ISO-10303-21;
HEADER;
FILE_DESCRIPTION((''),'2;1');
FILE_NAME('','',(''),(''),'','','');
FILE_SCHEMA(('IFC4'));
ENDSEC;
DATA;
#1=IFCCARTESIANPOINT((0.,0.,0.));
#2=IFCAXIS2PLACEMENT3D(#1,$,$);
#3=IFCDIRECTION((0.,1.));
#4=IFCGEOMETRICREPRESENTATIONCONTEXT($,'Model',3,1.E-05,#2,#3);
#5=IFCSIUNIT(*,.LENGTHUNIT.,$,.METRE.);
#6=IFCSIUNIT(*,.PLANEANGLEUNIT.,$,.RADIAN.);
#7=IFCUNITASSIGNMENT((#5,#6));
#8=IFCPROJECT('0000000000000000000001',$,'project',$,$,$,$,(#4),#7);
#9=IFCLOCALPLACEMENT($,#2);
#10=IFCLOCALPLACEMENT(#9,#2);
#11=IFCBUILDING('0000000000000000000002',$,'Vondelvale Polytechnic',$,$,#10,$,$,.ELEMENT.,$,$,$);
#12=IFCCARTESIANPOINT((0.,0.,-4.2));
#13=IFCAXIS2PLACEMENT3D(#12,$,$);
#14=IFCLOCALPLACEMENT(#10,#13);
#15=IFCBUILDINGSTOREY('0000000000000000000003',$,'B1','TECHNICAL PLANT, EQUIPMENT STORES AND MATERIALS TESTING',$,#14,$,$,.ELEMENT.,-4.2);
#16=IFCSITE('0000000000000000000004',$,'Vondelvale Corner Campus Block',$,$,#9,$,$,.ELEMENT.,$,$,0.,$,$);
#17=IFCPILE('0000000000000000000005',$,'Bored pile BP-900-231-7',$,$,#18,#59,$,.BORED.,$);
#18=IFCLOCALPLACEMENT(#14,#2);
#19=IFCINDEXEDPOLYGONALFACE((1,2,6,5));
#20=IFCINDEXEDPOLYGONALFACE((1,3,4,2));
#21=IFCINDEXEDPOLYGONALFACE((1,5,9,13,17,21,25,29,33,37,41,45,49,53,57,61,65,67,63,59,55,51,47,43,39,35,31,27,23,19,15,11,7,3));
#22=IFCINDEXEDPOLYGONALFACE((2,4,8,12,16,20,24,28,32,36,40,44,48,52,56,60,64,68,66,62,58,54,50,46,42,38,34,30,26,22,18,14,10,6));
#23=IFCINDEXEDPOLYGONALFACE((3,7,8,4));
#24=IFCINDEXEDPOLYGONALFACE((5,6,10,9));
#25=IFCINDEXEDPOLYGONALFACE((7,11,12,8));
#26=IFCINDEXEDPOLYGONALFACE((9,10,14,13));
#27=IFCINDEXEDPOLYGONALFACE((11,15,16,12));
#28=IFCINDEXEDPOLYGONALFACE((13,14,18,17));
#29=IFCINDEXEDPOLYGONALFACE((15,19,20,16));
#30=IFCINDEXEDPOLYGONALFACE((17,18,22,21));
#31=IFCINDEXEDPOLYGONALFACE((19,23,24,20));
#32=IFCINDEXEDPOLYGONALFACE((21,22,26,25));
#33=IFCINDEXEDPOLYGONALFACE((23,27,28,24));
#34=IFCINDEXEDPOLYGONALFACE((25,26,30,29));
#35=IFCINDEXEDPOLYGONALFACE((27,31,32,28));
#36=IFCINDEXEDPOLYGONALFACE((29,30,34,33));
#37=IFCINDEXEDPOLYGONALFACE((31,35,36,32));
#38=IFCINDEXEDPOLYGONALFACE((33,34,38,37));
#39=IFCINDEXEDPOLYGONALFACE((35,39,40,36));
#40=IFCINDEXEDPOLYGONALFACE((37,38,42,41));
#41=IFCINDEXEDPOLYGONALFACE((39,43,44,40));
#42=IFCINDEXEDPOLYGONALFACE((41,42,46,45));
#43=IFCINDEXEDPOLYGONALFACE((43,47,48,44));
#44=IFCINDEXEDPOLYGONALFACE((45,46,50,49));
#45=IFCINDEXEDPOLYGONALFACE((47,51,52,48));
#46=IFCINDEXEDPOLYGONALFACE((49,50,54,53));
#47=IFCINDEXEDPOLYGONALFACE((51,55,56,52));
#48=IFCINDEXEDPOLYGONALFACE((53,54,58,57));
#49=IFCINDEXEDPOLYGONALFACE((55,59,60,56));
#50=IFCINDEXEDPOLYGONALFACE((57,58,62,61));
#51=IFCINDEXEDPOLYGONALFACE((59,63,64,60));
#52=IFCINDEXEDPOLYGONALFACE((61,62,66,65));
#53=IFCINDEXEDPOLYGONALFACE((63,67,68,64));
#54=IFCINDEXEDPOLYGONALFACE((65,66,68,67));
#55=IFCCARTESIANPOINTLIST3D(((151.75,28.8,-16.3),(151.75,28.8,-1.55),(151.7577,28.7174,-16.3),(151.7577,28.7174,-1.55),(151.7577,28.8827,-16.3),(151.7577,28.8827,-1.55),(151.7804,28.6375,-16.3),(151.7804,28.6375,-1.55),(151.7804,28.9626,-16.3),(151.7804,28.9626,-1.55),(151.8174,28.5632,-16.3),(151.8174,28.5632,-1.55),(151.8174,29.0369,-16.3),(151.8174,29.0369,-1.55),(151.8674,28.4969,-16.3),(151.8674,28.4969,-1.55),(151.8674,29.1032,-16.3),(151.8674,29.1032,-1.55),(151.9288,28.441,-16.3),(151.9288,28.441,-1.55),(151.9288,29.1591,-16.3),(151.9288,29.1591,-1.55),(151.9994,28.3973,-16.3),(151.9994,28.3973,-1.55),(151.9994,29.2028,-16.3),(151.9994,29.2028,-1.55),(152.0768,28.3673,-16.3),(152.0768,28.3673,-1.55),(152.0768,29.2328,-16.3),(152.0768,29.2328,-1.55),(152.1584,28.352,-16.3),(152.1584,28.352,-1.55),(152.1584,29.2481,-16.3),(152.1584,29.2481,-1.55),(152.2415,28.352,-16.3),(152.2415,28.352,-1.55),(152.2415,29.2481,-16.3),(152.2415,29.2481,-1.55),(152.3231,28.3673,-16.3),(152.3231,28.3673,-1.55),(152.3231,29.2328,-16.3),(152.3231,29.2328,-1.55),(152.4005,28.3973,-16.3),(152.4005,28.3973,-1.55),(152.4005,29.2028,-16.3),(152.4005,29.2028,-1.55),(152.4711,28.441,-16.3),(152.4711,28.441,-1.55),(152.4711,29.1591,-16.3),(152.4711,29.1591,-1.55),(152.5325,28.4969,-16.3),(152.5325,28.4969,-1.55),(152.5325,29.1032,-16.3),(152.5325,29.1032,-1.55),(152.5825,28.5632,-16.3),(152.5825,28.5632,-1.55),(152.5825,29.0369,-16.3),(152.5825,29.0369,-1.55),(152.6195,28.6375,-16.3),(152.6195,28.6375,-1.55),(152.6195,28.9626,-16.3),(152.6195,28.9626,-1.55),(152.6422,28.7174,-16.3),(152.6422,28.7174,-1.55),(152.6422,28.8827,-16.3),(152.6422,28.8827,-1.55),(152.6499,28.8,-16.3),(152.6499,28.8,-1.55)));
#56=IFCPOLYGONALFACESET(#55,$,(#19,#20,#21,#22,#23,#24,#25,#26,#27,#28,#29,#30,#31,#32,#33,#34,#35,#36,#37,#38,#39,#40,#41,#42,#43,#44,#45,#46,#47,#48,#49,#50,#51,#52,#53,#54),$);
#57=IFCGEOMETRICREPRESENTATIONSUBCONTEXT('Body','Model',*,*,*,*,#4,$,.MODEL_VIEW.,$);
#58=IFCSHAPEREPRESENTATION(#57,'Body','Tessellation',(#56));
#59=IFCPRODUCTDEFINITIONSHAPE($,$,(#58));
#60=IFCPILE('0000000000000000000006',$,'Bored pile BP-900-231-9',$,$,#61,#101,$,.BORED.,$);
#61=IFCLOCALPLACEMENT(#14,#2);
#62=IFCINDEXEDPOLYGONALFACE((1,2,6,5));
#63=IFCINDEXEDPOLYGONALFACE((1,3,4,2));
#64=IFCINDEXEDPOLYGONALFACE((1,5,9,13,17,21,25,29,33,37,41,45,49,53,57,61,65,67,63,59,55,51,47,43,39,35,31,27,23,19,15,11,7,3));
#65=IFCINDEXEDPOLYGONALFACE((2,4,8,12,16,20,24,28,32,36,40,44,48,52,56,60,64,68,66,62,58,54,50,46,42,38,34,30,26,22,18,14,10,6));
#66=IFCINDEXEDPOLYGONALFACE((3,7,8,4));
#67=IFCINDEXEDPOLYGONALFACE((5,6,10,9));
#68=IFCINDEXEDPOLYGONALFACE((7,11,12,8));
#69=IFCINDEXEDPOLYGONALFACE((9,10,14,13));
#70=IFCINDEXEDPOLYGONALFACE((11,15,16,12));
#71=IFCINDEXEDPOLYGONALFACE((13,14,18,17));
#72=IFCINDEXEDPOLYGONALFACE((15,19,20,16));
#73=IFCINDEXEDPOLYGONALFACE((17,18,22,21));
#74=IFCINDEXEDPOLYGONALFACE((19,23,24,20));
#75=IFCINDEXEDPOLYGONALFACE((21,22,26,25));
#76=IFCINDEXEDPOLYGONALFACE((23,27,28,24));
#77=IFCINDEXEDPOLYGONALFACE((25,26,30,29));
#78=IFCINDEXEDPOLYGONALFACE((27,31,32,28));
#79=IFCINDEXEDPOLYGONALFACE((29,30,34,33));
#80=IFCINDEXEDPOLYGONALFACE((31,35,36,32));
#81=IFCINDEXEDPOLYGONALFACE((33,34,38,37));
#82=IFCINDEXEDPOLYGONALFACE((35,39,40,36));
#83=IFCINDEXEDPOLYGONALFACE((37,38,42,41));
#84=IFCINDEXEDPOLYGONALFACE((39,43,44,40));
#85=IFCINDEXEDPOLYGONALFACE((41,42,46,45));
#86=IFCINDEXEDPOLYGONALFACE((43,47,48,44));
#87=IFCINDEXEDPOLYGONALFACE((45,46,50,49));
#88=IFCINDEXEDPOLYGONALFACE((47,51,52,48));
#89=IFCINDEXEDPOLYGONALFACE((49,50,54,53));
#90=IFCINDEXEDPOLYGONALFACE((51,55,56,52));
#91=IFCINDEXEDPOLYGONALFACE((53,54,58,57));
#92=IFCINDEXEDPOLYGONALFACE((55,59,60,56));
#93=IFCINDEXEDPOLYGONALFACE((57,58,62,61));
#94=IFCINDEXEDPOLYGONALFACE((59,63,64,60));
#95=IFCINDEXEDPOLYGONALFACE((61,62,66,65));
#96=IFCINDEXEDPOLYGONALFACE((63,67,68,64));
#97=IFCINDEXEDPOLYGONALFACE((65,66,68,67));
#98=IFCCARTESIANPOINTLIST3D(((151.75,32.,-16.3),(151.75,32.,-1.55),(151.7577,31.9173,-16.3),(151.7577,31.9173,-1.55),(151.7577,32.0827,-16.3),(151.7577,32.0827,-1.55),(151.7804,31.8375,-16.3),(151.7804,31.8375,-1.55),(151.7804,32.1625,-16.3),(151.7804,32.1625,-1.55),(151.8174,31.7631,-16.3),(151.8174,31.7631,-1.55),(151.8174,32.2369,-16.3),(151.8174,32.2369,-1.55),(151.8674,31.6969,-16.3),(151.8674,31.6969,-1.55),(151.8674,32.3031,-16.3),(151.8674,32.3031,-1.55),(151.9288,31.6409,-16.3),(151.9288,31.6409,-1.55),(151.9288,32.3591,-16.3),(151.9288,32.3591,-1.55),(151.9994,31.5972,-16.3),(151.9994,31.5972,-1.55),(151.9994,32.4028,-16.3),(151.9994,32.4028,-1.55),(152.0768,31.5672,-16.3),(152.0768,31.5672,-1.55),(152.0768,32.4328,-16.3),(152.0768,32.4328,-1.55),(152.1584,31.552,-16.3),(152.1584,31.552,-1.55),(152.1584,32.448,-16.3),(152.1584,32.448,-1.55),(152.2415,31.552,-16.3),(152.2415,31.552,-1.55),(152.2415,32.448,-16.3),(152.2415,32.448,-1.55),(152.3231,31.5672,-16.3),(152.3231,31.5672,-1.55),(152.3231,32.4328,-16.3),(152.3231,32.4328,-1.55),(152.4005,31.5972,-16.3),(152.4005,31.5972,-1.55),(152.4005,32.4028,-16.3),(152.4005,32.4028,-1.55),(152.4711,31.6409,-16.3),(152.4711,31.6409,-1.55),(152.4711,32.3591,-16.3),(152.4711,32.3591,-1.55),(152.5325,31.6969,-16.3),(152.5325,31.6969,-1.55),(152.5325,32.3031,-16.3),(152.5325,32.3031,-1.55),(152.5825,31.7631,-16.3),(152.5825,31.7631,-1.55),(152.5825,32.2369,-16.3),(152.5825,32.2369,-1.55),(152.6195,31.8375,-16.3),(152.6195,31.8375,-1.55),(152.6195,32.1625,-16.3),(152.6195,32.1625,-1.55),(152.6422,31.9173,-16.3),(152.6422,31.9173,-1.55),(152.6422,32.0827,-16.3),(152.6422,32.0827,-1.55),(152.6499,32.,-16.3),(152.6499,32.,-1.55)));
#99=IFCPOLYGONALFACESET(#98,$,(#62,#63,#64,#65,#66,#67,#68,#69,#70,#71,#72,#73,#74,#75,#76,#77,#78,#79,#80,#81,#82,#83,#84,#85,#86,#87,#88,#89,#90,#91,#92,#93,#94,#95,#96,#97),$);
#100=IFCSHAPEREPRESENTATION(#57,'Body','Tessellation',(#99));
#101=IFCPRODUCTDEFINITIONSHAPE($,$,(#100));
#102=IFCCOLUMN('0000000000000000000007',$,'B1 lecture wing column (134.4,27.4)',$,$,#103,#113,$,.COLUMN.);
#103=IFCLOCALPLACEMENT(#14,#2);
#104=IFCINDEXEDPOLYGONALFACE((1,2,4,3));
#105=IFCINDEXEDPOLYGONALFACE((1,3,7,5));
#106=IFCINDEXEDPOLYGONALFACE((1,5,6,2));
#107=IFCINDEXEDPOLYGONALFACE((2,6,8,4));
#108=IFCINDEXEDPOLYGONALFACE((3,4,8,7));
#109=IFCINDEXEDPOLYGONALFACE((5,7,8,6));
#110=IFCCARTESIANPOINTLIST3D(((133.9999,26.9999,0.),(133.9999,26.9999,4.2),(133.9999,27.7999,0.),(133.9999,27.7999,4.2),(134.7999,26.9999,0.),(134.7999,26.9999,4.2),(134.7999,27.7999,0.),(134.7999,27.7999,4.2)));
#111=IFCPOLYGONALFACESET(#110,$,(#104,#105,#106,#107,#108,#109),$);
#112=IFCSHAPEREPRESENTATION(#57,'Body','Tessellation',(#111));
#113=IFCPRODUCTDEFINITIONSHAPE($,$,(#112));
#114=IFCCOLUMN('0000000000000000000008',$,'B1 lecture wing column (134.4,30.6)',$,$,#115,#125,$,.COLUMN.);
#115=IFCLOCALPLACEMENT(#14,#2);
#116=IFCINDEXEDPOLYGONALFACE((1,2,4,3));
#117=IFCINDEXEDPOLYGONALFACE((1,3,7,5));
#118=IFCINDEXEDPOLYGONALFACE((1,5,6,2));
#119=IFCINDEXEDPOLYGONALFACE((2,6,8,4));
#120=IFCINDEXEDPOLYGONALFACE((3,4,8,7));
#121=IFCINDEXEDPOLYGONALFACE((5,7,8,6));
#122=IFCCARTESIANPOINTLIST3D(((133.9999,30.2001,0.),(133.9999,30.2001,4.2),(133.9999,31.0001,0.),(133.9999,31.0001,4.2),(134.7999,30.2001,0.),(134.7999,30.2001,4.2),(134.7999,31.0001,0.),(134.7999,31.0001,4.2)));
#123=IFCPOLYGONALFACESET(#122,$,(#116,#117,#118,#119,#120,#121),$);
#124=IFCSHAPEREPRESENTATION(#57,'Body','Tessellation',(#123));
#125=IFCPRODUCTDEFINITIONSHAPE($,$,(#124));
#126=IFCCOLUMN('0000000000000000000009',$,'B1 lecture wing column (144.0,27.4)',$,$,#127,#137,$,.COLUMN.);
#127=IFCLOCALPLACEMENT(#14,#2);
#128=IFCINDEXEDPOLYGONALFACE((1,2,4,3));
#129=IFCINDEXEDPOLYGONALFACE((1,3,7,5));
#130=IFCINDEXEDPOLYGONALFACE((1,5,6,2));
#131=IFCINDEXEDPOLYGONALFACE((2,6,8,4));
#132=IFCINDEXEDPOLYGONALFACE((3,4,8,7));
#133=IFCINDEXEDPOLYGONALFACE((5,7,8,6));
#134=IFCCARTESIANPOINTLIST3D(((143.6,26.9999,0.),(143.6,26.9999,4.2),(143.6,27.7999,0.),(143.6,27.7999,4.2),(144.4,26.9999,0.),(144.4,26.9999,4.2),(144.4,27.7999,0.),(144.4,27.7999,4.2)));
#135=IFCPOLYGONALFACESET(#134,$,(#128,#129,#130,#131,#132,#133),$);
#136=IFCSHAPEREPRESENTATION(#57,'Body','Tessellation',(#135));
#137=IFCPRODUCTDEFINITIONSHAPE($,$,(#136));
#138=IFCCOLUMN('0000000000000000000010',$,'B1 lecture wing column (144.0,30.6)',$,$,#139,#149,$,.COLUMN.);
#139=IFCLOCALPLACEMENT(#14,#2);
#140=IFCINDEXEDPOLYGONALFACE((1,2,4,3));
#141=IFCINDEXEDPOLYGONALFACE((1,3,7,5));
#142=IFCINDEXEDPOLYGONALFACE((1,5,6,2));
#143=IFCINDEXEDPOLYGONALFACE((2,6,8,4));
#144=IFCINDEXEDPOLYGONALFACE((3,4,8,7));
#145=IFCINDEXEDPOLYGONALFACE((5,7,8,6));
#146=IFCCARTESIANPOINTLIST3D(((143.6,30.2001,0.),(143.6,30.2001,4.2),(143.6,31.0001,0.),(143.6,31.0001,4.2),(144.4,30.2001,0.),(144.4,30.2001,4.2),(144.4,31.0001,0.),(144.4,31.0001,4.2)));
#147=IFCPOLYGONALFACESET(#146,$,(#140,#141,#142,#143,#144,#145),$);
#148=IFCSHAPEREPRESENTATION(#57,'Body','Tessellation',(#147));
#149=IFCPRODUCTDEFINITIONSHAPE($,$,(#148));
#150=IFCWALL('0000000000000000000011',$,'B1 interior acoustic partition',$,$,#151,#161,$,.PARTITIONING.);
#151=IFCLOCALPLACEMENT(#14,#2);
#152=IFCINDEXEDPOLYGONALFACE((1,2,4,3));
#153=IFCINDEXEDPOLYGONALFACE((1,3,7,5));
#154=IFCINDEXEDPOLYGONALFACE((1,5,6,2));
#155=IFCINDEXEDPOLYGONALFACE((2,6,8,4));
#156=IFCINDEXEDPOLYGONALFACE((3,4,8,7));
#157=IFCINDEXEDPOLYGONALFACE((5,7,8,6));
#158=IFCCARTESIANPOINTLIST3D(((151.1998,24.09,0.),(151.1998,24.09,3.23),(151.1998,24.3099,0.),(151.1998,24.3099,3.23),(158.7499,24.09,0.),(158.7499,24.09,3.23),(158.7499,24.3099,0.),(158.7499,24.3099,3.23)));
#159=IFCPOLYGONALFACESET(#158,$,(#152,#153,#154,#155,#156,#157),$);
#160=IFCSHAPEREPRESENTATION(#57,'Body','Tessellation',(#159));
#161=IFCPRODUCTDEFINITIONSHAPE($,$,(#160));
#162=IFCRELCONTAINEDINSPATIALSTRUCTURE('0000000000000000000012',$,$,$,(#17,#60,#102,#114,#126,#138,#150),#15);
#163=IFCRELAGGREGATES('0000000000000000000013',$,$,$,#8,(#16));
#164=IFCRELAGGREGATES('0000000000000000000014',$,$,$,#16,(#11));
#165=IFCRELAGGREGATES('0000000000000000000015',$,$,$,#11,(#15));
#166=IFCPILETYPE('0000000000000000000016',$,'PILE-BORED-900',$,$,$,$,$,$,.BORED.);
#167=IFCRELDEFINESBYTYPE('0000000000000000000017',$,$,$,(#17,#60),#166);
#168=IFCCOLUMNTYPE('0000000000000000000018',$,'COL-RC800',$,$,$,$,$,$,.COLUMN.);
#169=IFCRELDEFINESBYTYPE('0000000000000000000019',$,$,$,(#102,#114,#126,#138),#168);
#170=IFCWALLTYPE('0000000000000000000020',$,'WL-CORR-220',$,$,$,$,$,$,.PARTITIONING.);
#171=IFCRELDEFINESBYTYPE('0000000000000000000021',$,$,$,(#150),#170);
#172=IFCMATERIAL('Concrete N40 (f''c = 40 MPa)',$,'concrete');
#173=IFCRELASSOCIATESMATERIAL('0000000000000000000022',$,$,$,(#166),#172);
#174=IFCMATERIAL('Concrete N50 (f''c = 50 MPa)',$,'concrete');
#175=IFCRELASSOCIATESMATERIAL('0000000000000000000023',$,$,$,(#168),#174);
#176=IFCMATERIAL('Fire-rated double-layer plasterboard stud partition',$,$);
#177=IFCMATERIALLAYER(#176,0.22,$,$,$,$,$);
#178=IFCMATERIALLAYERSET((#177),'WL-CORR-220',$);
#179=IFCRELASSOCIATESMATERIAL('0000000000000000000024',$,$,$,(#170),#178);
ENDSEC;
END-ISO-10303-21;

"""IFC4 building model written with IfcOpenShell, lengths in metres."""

from ifc_helpers import new_model, si_unit, direction, frame, frame_2d, origin, origin_2d, place, context, subcontext, project, spatial, rectangle, circle, extrude, material, layer, layer_set, material_profile, profile_set, type_object, element, save


model = new_model("IFC4")

# Units and contexts
model_context = context("Model", 3, precision=1e-05, world=origin(), true_north=direction((0.0, 1.0)))
body_context = subcontext(model_context, "Body", "Model", "MODEL_VIEW")
ifc_project = project(units=[si_unit("LENGTHUNIT", "METRE"), si_unit("PLANEANGLEUNIT", "RADIAN")], contexts=[model_context])

# Site, building, storey
site_placement = place(None, origin())
site = spatial("IfcSite", under=ifc_project, at=site_placement, Name="Vondelvale Corner Campus Block", CompositionType="ELEMENT", RefElevation=0.0)
building_placement = place(site_placement, origin())
building = spatial("IfcBuilding", under=site, at=building_placement, Name="Vondelvale Polytechnic", CompositionType="ELEMENT")
storey_placement = place(building_placement, frame((0.0, 0.0, -4.2)))
storey = spatial("IfcBuildingStorey", under=building, at=storey_placement, Name="B1", Description="TECHNICAL PLANT, EQUIPMENT STORES AND MATERIALS TESTING", CompositionType="ELEMENT", Elevation=-4.2)

# Shared definitions
ifc_material_1 = material(Name="Concrete N40 (f'c = 40 MPa)", Category="concrete")

# Piles
ifc_material_profile_1 = material_profile(ifc_material_1, circle(Radius=0.45, at=origin_2d()), Name="PILE-D900")
ifc_profile_set_1 = profile_set([ifc_material_profile_1], Name="Concrete N40 (f'c = 40 MPa)")
pile_type_1 = type_object("IfcPileType", Name="PILE-BORED-900", PredefinedType="BORED", material=ifc_profile_set_1)
for number, where, z_axis, x_axis, name in (
    (1, (152.2, 28.8, -1.55), (0.0, 0.0, -1.0), (1.0, 0.0, 0.0), "Bored pile BP-900-231-7"),
    (2, (152.2, 32.0, -1.55), (0.0, 0.0, -1.0), (1.0, 0.0, 0.0), "Bored pile BP-900-231-9"),
):
    element("IfcPile", number, at=place(storey_placement, frame(where, z_axis=z_axis, x_axis=x_axis)), inside=storey, type_object=pile_type_1, Name=name, PredefinedType="BORED", context=body_context, shape_type="SweptSolid", body=[
        extrude(circle(Radius=0.45, at=origin_2d()), origin(), (0.0, 0.0, 1.0), 14.75),
    ])

# Columns
ifc_material_2 = material(Name="Concrete N50 (f'c = 50 MPa)", Category="concrete")
ifc_material_profile_2 = material_profile(ifc_material_2, rectangle(XDim=0.8, YDim=0.8, at=origin_2d()), Name="RC-COL-800x800")
ifc_profile_set_2 = profile_set([ifc_material_profile_2], Name="Concrete N50 (f'c = 50 MPa)")
column_type = type_object("IfcColumnType", Name="COL-RC800", PredefinedType="COLUMN", material=ifc_profile_set_2)
for number, where, z_axis, x_axis, name in (
    (3, (134.3999, 27.3999, 0.0), (0.0, 0.0, 1.0), (1.0, 0.0, 0.0), "B1 lecture wing column (134.4,27.4)"),
    (4, (134.3999, 30.6001, 0.0), (0.0, 0.0, 1.0), (1.0, 0.0, 0.0), "B1 lecture wing column (134.4,30.6)"),
    (5, (144.0, 27.3999, 0.0), (0.0, 0.0, 1.0), (1.0, 0.0, 0.0), "B1 lecture wing column (144.0,27.4)"),
    (6, (144.0, 30.6001, 0.0), (0.0, 0.0, 1.0), (1.0, 0.0, 0.0), "B1 lecture wing column (144.0,30.6)"),
):
    element("IfcColumn", number, at=place(storey_placement, frame(where, z_axis=z_axis, x_axis=x_axis)), inside=storey, type_object=column_type, Name=name, PredefinedType="COLUMN", context=body_context, shape_type="SweptSolid", body=[
        extrude(rectangle(XDim=0.8, YDim=0.8, at=origin_2d()), origin(), (0.0, 0.0, 1.0), 4.2),
    ])

# Wall
ifc_material_3 = material(Name="Fire-rated double-layer plasterboard stud partition")
ifc_layer_1 = layer(ifc_material_3, 0.22)
ifc_layer_set_1 = layer_set([ifc_layer_1], Name="WL-CORR-220")
wall_type_1 = type_object("IfcWallType", Name="WL-CORR-220", PredefinedType="PARTITIONING", material=ifc_layer_set_1)
wall_1_placement = place(storey_placement, frame((151.2, 24.2, 0.0), z_axis=(0.0, 0.0, 1.0), x_axis=(1.0, 0.0, 0.0)))
element("IfcWall", 7, at=wall_1_placement, inside=storey, type_object=wall_type_1, Name="B1 interior acoustic partition", PredefinedType="PARTITIONING", context=body_context, shape_type="SweptSolid", body=[
    extrude(rectangle(XDim=7.55, YDim=0.22, at=frame_2d((3.7749, 0.0))), origin(), (0.0, 0.0, 1.0), 3.23),
])

save(model, "model.ifc")
